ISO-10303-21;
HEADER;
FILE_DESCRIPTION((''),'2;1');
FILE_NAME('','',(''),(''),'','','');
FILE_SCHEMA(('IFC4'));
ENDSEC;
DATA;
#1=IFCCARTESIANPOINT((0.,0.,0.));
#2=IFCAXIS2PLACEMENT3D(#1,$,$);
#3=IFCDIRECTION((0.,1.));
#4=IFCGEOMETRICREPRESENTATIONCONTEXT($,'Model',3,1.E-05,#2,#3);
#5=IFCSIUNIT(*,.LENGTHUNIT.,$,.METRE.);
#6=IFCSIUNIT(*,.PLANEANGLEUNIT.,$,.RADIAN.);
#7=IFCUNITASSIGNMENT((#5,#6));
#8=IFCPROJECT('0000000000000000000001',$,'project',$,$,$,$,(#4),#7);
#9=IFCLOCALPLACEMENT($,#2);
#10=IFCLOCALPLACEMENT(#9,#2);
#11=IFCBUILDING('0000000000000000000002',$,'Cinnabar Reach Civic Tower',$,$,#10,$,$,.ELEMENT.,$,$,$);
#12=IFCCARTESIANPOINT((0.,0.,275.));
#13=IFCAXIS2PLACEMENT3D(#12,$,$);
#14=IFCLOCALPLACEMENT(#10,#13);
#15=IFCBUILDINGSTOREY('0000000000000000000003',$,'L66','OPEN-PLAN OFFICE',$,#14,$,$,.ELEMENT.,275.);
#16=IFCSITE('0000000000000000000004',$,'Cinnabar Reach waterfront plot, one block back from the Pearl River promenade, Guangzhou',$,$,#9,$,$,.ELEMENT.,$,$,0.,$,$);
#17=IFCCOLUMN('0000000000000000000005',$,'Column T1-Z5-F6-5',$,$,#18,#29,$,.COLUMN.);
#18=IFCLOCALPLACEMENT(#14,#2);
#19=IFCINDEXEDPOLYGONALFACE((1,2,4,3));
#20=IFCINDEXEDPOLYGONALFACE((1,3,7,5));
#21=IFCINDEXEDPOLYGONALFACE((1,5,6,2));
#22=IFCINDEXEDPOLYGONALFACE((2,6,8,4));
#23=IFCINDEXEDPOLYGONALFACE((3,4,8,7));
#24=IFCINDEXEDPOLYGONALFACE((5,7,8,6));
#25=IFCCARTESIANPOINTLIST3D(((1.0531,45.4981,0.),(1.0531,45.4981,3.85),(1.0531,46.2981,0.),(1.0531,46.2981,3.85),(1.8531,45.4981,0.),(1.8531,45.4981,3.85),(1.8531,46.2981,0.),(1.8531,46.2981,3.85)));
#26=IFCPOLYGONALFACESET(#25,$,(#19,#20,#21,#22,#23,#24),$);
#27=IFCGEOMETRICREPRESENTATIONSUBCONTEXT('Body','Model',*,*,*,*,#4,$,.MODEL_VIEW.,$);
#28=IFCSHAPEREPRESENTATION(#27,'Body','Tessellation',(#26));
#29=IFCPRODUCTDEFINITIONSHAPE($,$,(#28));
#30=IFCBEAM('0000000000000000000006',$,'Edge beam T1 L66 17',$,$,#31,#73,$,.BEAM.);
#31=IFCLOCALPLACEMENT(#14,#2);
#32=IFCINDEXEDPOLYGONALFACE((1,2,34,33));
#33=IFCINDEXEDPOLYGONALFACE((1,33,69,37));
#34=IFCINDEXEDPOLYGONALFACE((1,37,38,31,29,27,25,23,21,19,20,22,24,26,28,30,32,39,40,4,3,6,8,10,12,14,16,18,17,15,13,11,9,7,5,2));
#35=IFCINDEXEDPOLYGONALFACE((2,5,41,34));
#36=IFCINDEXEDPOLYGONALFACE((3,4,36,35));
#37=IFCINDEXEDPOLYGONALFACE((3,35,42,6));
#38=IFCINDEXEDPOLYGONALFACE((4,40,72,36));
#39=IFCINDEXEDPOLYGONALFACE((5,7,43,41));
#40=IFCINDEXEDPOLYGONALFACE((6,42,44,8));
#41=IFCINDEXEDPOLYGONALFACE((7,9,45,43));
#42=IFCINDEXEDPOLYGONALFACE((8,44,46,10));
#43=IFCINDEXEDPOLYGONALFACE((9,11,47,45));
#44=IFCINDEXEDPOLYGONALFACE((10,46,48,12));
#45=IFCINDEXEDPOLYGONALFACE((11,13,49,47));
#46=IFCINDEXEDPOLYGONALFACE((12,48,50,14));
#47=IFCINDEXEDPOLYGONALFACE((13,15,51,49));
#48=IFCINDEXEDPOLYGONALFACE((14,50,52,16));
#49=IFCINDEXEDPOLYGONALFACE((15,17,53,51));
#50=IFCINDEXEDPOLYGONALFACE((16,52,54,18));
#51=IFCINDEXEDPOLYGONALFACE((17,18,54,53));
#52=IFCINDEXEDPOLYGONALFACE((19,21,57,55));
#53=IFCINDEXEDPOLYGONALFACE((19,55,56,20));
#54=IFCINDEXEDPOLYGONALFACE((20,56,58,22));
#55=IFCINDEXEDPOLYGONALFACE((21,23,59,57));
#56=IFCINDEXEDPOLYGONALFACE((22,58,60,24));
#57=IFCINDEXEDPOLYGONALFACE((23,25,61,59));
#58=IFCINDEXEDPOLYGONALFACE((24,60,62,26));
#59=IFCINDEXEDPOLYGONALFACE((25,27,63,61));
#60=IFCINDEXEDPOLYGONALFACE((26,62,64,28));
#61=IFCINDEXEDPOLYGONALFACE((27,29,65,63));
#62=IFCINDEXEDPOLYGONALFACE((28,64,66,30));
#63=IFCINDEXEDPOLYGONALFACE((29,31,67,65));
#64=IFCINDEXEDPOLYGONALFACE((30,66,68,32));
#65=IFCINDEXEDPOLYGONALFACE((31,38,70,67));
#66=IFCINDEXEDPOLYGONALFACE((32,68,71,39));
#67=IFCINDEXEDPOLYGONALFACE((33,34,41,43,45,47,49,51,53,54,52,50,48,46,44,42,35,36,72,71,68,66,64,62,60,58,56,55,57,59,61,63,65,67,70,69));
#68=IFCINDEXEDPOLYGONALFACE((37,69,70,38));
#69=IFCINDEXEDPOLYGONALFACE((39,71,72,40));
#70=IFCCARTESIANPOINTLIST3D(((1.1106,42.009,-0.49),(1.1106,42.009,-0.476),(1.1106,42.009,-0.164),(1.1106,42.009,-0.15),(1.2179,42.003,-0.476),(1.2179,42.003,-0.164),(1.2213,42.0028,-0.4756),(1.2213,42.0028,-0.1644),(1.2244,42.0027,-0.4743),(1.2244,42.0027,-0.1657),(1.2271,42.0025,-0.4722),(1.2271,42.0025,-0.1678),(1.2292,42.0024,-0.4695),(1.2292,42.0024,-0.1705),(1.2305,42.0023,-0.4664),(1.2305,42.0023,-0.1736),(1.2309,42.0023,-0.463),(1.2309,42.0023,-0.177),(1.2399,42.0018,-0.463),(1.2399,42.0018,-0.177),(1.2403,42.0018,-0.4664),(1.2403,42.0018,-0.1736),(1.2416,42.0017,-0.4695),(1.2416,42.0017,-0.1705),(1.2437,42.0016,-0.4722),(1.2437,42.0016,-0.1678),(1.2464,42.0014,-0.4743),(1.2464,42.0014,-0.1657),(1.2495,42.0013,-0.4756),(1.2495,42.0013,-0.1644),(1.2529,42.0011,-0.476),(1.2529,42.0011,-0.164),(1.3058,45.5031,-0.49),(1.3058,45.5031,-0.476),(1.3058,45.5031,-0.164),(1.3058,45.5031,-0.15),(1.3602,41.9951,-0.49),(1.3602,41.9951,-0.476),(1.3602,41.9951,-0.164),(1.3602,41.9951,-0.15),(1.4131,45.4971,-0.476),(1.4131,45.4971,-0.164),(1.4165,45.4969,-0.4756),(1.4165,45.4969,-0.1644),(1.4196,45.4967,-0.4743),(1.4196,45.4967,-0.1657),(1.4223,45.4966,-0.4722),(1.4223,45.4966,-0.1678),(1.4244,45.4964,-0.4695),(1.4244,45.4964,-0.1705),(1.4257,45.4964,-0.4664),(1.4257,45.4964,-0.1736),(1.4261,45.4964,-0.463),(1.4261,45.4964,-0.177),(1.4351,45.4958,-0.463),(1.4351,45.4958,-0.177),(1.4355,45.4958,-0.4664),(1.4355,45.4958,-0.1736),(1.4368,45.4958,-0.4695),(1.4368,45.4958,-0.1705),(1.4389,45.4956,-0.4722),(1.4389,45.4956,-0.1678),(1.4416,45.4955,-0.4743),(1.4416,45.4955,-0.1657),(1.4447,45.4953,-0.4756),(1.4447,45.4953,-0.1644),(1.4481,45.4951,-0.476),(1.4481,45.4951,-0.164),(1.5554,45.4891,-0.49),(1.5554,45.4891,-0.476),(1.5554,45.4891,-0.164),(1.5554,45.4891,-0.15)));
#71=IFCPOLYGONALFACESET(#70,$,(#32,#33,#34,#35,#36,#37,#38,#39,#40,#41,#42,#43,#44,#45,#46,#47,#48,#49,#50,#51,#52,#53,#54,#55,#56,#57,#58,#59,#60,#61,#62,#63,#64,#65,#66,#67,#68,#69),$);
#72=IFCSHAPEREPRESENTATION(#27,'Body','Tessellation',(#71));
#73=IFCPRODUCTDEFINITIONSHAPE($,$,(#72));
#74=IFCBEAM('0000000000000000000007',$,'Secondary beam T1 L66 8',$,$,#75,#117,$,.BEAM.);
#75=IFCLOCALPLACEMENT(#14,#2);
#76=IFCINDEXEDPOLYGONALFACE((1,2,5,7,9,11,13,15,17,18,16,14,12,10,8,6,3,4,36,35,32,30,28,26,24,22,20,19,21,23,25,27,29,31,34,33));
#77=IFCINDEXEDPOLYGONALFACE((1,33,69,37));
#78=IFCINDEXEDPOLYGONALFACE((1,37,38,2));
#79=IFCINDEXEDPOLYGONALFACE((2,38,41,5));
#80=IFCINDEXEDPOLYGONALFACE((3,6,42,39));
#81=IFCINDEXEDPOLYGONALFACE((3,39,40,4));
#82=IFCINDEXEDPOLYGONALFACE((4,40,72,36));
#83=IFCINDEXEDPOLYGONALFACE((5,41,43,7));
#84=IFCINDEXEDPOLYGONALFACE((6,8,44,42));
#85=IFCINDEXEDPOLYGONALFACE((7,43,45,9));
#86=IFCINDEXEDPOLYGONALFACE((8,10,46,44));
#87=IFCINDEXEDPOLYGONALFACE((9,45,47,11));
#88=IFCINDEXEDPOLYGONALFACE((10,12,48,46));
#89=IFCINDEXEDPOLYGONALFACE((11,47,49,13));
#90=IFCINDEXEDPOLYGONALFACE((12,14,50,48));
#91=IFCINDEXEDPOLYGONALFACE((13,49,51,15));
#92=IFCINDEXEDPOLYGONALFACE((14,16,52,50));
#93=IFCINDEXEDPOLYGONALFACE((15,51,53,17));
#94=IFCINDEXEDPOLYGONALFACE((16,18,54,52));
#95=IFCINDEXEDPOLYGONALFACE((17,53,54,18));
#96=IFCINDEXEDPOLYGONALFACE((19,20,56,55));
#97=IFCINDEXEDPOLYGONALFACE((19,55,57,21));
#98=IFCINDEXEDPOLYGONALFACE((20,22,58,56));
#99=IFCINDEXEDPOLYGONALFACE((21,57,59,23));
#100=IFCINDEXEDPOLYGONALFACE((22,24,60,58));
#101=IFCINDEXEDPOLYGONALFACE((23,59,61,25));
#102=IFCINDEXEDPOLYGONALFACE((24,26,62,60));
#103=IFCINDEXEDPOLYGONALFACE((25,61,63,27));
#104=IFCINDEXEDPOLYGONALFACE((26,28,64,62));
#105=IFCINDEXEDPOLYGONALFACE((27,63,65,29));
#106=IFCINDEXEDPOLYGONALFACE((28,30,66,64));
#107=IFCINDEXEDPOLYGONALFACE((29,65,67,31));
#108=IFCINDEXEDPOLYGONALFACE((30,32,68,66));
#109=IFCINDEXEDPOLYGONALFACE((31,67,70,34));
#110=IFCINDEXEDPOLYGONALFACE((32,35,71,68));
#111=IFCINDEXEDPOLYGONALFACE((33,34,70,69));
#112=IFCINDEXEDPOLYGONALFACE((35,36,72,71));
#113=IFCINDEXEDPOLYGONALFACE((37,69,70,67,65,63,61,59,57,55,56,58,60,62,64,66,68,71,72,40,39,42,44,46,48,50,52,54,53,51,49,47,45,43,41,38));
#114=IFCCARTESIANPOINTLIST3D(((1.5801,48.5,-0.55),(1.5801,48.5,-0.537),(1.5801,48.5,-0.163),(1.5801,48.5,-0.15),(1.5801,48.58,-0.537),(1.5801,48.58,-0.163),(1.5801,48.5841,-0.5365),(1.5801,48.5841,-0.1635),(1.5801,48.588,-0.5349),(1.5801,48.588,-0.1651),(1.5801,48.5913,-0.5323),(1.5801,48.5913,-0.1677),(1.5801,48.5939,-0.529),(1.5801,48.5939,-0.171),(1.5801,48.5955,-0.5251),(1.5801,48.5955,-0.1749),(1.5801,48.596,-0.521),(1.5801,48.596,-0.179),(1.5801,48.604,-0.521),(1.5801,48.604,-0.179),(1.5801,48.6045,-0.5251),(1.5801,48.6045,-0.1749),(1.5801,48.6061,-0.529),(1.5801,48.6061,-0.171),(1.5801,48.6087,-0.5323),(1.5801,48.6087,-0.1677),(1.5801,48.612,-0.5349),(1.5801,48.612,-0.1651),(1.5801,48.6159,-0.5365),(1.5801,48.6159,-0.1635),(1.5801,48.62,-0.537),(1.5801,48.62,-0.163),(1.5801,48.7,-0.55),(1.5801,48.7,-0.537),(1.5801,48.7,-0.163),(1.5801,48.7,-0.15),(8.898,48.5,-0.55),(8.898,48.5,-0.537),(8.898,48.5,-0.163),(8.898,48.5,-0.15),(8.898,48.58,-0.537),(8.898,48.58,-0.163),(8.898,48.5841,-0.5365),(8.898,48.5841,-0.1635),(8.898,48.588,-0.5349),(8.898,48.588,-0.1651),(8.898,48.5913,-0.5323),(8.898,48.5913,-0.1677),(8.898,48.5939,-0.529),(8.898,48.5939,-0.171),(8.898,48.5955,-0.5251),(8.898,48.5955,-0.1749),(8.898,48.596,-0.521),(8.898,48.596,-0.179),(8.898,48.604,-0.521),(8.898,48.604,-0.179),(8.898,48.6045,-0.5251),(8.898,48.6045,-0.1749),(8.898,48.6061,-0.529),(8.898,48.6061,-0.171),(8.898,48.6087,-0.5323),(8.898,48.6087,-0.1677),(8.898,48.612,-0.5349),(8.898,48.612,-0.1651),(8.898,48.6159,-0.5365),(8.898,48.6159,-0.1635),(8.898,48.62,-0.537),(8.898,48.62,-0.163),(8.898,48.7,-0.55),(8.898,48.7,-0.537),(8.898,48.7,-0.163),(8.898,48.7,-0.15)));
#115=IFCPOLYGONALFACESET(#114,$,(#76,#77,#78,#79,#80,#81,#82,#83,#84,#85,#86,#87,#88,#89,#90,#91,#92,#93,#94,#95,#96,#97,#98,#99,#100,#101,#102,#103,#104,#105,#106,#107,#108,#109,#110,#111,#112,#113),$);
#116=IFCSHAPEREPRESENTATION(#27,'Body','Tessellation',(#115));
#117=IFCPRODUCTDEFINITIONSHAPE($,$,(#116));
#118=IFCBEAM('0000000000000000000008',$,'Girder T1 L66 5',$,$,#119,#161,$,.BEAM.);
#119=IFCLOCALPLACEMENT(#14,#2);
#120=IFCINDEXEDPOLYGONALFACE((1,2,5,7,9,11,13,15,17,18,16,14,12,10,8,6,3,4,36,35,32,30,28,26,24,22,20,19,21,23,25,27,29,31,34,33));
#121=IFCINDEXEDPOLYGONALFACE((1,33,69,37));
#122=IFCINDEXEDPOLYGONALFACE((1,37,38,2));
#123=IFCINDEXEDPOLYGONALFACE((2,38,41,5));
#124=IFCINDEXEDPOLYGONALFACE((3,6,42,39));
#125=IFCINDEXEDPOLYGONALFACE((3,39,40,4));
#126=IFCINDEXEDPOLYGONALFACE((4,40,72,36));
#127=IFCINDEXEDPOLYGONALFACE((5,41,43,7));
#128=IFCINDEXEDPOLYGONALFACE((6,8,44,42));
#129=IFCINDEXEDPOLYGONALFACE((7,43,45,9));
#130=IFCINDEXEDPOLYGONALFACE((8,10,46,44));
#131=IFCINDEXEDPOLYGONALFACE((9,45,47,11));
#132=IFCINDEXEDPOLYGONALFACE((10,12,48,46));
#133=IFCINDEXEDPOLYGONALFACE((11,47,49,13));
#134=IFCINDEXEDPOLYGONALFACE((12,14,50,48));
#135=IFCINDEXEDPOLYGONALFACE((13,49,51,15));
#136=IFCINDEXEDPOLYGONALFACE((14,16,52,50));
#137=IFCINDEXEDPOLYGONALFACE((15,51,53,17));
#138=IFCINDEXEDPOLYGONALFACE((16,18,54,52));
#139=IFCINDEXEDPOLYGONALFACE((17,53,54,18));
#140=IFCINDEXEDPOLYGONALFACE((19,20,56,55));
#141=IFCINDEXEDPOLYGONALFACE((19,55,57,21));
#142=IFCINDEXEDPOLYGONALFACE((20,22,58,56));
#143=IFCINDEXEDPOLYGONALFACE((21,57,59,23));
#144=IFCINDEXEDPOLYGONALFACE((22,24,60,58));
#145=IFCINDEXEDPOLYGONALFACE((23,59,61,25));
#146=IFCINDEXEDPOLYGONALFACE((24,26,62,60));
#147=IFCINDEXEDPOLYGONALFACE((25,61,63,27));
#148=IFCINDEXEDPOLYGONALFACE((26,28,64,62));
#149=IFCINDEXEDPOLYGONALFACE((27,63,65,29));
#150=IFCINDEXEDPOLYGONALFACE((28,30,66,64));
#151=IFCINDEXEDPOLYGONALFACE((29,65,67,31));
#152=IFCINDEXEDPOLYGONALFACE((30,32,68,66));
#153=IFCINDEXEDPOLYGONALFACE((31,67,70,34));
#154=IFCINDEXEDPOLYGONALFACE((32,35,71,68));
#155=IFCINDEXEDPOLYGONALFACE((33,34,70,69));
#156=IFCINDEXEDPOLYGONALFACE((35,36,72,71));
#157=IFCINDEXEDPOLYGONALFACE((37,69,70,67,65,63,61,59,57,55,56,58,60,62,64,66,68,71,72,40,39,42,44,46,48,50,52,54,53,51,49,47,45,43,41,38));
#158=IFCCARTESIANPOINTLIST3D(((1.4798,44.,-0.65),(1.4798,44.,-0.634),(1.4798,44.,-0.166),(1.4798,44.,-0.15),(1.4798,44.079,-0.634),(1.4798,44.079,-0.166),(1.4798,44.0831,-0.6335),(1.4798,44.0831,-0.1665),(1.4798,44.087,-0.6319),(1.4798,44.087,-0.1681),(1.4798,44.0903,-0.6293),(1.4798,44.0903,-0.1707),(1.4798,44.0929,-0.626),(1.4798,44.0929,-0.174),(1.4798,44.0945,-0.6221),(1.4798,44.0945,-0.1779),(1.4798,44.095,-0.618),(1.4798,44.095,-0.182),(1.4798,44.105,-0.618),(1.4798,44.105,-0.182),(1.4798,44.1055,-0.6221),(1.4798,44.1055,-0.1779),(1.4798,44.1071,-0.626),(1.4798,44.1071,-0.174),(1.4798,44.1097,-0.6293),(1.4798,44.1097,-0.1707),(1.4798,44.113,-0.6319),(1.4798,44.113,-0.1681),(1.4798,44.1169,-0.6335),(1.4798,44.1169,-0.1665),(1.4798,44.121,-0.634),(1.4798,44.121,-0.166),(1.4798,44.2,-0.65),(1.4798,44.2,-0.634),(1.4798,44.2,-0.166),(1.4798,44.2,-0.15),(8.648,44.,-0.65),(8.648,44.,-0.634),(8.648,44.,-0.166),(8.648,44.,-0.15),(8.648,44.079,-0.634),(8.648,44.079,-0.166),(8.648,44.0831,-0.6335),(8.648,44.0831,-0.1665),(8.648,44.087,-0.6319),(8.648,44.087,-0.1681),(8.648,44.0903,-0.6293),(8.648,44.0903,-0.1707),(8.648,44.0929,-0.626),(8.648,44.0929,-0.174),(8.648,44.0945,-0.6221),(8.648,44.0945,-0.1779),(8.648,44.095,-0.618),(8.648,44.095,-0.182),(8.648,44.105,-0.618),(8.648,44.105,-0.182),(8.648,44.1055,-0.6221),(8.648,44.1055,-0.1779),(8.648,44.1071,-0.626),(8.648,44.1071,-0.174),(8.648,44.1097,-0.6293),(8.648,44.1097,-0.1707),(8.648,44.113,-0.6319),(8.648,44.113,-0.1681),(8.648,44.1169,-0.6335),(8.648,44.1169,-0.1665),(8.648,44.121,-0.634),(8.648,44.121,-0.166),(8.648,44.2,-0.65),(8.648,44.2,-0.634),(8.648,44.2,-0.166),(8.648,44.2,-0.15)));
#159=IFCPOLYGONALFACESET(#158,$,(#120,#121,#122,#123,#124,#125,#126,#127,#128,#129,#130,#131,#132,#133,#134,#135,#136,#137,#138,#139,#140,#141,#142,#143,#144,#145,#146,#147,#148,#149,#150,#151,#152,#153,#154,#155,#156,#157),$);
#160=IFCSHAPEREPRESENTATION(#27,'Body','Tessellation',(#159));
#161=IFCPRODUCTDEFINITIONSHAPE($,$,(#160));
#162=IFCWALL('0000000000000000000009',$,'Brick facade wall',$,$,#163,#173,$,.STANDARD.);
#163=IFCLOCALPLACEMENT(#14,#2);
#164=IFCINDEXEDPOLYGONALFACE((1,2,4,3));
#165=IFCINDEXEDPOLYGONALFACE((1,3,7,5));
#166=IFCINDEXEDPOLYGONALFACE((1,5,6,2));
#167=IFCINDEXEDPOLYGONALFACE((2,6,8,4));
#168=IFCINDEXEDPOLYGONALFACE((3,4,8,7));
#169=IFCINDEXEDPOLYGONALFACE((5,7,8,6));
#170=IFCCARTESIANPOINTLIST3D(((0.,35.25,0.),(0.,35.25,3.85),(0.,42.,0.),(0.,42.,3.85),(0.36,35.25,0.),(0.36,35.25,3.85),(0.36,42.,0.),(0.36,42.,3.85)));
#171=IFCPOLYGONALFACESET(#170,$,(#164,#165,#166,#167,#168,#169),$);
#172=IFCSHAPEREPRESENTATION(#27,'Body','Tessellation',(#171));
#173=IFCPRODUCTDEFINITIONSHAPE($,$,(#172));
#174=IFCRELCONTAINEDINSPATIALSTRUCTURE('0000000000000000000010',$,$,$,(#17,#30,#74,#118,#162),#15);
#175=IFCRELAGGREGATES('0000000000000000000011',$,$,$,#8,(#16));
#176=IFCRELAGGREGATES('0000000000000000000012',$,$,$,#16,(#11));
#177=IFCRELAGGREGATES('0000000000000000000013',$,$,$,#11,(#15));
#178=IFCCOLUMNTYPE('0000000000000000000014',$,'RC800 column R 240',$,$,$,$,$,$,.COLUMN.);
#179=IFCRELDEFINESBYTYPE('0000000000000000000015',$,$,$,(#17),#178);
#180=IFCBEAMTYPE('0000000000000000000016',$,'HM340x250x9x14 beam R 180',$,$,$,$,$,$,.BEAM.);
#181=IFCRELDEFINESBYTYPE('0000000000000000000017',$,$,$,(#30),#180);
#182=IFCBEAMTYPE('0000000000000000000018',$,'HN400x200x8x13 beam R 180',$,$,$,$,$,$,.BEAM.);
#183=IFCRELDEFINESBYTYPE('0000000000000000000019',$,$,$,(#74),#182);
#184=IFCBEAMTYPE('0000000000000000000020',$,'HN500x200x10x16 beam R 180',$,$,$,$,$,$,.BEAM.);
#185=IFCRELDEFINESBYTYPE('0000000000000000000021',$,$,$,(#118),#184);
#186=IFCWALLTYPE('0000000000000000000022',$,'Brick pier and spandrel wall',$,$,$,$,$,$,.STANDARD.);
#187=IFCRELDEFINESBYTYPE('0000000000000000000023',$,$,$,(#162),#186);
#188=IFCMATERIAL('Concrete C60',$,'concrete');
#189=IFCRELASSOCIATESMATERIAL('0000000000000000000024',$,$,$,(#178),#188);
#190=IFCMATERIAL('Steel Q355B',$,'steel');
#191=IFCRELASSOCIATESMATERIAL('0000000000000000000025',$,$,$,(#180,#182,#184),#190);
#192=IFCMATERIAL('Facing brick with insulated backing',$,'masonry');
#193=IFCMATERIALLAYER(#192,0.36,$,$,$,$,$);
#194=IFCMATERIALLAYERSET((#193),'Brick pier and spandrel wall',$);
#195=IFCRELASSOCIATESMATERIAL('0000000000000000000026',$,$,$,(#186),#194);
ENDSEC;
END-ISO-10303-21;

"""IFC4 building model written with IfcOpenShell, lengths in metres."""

from ifc_helpers import new_model, si_unit, direction, frame, frame_2d, origin, origin_2d, place, context, subcontext, project, spatial, rectangle, i_section, extrude, material, layer, layer_set, material_profile, profile_set, type_object, element, save


model = new_model("IFC4")

# Units and contexts
model_context = context("Model", 3, precision=1e-05, world=origin(), true_north=direction((0.0, 1.0)))
body_context = subcontext(model_context, "Body", "Model", "MODEL_VIEW")
ifc_project = project(units=[si_unit("LENGTHUNIT", "METRE"), si_unit("PLANEANGLEUNIT", "RADIAN")], contexts=[model_context])

# Site, building, storey
site_placement = place(None, origin())
site = spatial("IfcSite", under=ifc_project, at=site_placement, Name="Cinnabar Reach waterfront plot, one block back from the Pearl River promenade, Guangzhou", CompositionType="ELEMENT", RefElevation=0.0)
building_placement = place(site_placement, origin())
building = spatial("IfcBuilding", under=site, at=building_placement, Name="Cinnabar Reach Civic Tower", CompositionType="ELEMENT")
storey_placement = place(building_placement, frame((0.0, 0.0, 275.0)))
storey = spatial("IfcBuildingStorey", under=building, at=storey_placement, Name="L66", Description="OPEN-PLAN OFFICE", CompositionType="ELEMENT", Elevation=275.0)

# Column
ifc_material_1 = material(Name="Concrete C60", Category="concrete")
ifc_material_profile_1 = material_profile(ifc_material_1, rectangle(XDim=0.8, YDim=0.8, at=origin_2d()), Name="RC800")
ifc_profile_set_1 = profile_set([ifc_material_profile_1], Name="Concrete C60")
column_type = type_object("IfcColumnType", Name="RC800 column R 240", PredefinedType="COLUMN", material=ifc_profile_set_1)
column_placement = place(storey_placement, frame((1.4531, 45.8981, 0.0), z_axis=(0.0, 0.0, 1.0), x_axis=(1.0, 0.0, 0.0)))
element("IfcColumn", 1, at=column_placement, inside=storey, type_object=column_type, Name="Column T1-Z5-F6-5", PredefinedType="COLUMN", context=body_context, shape_type="SweptSolid", body=[
    extrude(rectangle(XDim=0.8, YDim=0.8, at=origin_2d()), origin(), (0.0, 0.0, 1.0), 3.85),
])

# Beams
ifc_material_2 = material(Name="Steel Q355B", Category="steel")
ifc_material_profile_2 = material_profile(ifc_material_2, i_section(OverallWidth=0.25, OverallDepth=0.34, WebThickness=0.009, FlangeThickness=0.014, FilletRadius=0.013, at=origin_2d()), Name="HM340x250x9x14")
ifc_profile_set_2 = profile_set([ifc_material_profile_2], Name="Steel Q355B")
beam_type_1 = type_object("IfcBeamType", Name="HM340x250x9x14 beam R 180", PredefinedType="BEAM", material=ifc_profile_set_2)
beam_1_placement = place(storey_placement, frame((1.4306, 45.4961, -0.32), z_axis=(-0.055779, -0.998443, 0.0), x_axis=(0.998443, -0.055779, 0.0)))
element("IfcBeam", 2, at=beam_1_placement, inside=storey, type_object=beam_type_1, Name="Edge beam T1 L66 17", PredefinedType="BEAM", context=body_context, shape_type="SweptSolid", body=[
    extrude(i_section(OverallWidth=0.25, OverallDepth=0.34, WebThickness=0.009, FlangeThickness=0.014, FilletRadius=0.013, at=origin_2d()), origin(), (0.0, 0.0, 1.0), 3.4995),
])
ifc_material_profile_3 = material_profile(ifc_material_2, i_section(OverallWidth=0.2, OverallDepth=0.4, WebThickness=0.008, FlangeThickness=0.013, FilletRadius=0.016, at=origin_2d()), Name="HN400x200x8x13")
ifc_profile_set_3 = profile_set([ifc_material_profile_3], Name="Steel Q355B")
beam_type_2 = type_object("IfcBeamType", Name="HN400x200x8x13 beam R 180", PredefinedType="BEAM", material=ifc_profile_set_3)
beam_2_placement = place(storey_placement, frame((1.5801, 48.6, -0.35), z_axis=(1.0, 0.0, 0.0), x_axis=(0.0, 1.0, 0.0)))
element("IfcBeam", 3, at=beam_2_placement, inside=storey, type_object=beam_type_2, Name="Secondary beam T1 L66 8", PredefinedType="BEAM", context=body_context, shape_type="SweptSolid", body=[
    extrude(i_section(OverallWidth=0.2, OverallDepth=0.4, WebThickness=0.008, FlangeThickness=0.013, FilletRadius=0.016, at=origin_2d()), origin(), (0.0, 0.0, 1.0), 7.3179),
])
ifc_material_profile_4 = material_profile(ifc_material_2, i_section(OverallWidth=0.2, OverallDepth=0.5, WebThickness=0.01, FlangeThickness=0.016, FilletRadius=0.016, at=origin_2d()), Name="HN500x200x10x16")
ifc_profile_set_4 = profile_set([ifc_material_profile_4], Name="Steel Q355B")
beam_type_3 = type_object("IfcBeamType", Name="HN500x200x10x16 beam R 180", PredefinedType="BEAM", material=ifc_profile_set_4)
beam_3_placement = place(storey_placement, frame((1.4798, 44.1, -0.4), z_axis=(1.0, 0.0, 0.0), x_axis=(0.0, 1.0, 0.0)))
element("IfcBeam", 4, at=beam_3_placement, inside=storey, type_object=beam_type_3, Name="Girder T1 L66 5", PredefinedType="BEAM", context=body_context, shape_type="SweptSolid", body=[
    extrude(i_section(OverallWidth=0.2, OverallDepth=0.5, WebThickness=0.01, FlangeThickness=0.016, FilletRadius=0.016, at=origin_2d()), origin(), (0.0, 0.0, 1.0), 7.1682),
])

# Wall
ifc_material_3 = material(Name="Facing brick with insulated backing", Category="masonry")
ifc_layer_1 = layer(ifc_material_3, 0.36)
ifc_layer_set_1 = layer_set([ifc_layer_1], Name="Brick pier and spandrel wall")
wall_type_1 = type_object("IfcWallType", Name="Brick pier and spandrel wall", PredefinedType="STANDARD", material=ifc_layer_set_1)
wall_1_placement = place(storey_placement, frame((0.18, 42.0, 0.0), z_axis=(0.0, 0.0, 1.0), x_axis=(0.0, -1.0, 0.0)))
element("IfcWall", 5, at=wall_1_placement, inside=storey, type_object=wall_type_1, Name="Brick facade wall", PredefinedType="STANDARD", context=body_context, shape_type="SweptSolid", body=[
    extrude(rectangle(XDim=6.75, YDim=0.36, at=frame_2d((3.375, 0.0))), origin(), (0.0, 0.0, 1.0), 3.85),
])

save(model, "model.ifc")
